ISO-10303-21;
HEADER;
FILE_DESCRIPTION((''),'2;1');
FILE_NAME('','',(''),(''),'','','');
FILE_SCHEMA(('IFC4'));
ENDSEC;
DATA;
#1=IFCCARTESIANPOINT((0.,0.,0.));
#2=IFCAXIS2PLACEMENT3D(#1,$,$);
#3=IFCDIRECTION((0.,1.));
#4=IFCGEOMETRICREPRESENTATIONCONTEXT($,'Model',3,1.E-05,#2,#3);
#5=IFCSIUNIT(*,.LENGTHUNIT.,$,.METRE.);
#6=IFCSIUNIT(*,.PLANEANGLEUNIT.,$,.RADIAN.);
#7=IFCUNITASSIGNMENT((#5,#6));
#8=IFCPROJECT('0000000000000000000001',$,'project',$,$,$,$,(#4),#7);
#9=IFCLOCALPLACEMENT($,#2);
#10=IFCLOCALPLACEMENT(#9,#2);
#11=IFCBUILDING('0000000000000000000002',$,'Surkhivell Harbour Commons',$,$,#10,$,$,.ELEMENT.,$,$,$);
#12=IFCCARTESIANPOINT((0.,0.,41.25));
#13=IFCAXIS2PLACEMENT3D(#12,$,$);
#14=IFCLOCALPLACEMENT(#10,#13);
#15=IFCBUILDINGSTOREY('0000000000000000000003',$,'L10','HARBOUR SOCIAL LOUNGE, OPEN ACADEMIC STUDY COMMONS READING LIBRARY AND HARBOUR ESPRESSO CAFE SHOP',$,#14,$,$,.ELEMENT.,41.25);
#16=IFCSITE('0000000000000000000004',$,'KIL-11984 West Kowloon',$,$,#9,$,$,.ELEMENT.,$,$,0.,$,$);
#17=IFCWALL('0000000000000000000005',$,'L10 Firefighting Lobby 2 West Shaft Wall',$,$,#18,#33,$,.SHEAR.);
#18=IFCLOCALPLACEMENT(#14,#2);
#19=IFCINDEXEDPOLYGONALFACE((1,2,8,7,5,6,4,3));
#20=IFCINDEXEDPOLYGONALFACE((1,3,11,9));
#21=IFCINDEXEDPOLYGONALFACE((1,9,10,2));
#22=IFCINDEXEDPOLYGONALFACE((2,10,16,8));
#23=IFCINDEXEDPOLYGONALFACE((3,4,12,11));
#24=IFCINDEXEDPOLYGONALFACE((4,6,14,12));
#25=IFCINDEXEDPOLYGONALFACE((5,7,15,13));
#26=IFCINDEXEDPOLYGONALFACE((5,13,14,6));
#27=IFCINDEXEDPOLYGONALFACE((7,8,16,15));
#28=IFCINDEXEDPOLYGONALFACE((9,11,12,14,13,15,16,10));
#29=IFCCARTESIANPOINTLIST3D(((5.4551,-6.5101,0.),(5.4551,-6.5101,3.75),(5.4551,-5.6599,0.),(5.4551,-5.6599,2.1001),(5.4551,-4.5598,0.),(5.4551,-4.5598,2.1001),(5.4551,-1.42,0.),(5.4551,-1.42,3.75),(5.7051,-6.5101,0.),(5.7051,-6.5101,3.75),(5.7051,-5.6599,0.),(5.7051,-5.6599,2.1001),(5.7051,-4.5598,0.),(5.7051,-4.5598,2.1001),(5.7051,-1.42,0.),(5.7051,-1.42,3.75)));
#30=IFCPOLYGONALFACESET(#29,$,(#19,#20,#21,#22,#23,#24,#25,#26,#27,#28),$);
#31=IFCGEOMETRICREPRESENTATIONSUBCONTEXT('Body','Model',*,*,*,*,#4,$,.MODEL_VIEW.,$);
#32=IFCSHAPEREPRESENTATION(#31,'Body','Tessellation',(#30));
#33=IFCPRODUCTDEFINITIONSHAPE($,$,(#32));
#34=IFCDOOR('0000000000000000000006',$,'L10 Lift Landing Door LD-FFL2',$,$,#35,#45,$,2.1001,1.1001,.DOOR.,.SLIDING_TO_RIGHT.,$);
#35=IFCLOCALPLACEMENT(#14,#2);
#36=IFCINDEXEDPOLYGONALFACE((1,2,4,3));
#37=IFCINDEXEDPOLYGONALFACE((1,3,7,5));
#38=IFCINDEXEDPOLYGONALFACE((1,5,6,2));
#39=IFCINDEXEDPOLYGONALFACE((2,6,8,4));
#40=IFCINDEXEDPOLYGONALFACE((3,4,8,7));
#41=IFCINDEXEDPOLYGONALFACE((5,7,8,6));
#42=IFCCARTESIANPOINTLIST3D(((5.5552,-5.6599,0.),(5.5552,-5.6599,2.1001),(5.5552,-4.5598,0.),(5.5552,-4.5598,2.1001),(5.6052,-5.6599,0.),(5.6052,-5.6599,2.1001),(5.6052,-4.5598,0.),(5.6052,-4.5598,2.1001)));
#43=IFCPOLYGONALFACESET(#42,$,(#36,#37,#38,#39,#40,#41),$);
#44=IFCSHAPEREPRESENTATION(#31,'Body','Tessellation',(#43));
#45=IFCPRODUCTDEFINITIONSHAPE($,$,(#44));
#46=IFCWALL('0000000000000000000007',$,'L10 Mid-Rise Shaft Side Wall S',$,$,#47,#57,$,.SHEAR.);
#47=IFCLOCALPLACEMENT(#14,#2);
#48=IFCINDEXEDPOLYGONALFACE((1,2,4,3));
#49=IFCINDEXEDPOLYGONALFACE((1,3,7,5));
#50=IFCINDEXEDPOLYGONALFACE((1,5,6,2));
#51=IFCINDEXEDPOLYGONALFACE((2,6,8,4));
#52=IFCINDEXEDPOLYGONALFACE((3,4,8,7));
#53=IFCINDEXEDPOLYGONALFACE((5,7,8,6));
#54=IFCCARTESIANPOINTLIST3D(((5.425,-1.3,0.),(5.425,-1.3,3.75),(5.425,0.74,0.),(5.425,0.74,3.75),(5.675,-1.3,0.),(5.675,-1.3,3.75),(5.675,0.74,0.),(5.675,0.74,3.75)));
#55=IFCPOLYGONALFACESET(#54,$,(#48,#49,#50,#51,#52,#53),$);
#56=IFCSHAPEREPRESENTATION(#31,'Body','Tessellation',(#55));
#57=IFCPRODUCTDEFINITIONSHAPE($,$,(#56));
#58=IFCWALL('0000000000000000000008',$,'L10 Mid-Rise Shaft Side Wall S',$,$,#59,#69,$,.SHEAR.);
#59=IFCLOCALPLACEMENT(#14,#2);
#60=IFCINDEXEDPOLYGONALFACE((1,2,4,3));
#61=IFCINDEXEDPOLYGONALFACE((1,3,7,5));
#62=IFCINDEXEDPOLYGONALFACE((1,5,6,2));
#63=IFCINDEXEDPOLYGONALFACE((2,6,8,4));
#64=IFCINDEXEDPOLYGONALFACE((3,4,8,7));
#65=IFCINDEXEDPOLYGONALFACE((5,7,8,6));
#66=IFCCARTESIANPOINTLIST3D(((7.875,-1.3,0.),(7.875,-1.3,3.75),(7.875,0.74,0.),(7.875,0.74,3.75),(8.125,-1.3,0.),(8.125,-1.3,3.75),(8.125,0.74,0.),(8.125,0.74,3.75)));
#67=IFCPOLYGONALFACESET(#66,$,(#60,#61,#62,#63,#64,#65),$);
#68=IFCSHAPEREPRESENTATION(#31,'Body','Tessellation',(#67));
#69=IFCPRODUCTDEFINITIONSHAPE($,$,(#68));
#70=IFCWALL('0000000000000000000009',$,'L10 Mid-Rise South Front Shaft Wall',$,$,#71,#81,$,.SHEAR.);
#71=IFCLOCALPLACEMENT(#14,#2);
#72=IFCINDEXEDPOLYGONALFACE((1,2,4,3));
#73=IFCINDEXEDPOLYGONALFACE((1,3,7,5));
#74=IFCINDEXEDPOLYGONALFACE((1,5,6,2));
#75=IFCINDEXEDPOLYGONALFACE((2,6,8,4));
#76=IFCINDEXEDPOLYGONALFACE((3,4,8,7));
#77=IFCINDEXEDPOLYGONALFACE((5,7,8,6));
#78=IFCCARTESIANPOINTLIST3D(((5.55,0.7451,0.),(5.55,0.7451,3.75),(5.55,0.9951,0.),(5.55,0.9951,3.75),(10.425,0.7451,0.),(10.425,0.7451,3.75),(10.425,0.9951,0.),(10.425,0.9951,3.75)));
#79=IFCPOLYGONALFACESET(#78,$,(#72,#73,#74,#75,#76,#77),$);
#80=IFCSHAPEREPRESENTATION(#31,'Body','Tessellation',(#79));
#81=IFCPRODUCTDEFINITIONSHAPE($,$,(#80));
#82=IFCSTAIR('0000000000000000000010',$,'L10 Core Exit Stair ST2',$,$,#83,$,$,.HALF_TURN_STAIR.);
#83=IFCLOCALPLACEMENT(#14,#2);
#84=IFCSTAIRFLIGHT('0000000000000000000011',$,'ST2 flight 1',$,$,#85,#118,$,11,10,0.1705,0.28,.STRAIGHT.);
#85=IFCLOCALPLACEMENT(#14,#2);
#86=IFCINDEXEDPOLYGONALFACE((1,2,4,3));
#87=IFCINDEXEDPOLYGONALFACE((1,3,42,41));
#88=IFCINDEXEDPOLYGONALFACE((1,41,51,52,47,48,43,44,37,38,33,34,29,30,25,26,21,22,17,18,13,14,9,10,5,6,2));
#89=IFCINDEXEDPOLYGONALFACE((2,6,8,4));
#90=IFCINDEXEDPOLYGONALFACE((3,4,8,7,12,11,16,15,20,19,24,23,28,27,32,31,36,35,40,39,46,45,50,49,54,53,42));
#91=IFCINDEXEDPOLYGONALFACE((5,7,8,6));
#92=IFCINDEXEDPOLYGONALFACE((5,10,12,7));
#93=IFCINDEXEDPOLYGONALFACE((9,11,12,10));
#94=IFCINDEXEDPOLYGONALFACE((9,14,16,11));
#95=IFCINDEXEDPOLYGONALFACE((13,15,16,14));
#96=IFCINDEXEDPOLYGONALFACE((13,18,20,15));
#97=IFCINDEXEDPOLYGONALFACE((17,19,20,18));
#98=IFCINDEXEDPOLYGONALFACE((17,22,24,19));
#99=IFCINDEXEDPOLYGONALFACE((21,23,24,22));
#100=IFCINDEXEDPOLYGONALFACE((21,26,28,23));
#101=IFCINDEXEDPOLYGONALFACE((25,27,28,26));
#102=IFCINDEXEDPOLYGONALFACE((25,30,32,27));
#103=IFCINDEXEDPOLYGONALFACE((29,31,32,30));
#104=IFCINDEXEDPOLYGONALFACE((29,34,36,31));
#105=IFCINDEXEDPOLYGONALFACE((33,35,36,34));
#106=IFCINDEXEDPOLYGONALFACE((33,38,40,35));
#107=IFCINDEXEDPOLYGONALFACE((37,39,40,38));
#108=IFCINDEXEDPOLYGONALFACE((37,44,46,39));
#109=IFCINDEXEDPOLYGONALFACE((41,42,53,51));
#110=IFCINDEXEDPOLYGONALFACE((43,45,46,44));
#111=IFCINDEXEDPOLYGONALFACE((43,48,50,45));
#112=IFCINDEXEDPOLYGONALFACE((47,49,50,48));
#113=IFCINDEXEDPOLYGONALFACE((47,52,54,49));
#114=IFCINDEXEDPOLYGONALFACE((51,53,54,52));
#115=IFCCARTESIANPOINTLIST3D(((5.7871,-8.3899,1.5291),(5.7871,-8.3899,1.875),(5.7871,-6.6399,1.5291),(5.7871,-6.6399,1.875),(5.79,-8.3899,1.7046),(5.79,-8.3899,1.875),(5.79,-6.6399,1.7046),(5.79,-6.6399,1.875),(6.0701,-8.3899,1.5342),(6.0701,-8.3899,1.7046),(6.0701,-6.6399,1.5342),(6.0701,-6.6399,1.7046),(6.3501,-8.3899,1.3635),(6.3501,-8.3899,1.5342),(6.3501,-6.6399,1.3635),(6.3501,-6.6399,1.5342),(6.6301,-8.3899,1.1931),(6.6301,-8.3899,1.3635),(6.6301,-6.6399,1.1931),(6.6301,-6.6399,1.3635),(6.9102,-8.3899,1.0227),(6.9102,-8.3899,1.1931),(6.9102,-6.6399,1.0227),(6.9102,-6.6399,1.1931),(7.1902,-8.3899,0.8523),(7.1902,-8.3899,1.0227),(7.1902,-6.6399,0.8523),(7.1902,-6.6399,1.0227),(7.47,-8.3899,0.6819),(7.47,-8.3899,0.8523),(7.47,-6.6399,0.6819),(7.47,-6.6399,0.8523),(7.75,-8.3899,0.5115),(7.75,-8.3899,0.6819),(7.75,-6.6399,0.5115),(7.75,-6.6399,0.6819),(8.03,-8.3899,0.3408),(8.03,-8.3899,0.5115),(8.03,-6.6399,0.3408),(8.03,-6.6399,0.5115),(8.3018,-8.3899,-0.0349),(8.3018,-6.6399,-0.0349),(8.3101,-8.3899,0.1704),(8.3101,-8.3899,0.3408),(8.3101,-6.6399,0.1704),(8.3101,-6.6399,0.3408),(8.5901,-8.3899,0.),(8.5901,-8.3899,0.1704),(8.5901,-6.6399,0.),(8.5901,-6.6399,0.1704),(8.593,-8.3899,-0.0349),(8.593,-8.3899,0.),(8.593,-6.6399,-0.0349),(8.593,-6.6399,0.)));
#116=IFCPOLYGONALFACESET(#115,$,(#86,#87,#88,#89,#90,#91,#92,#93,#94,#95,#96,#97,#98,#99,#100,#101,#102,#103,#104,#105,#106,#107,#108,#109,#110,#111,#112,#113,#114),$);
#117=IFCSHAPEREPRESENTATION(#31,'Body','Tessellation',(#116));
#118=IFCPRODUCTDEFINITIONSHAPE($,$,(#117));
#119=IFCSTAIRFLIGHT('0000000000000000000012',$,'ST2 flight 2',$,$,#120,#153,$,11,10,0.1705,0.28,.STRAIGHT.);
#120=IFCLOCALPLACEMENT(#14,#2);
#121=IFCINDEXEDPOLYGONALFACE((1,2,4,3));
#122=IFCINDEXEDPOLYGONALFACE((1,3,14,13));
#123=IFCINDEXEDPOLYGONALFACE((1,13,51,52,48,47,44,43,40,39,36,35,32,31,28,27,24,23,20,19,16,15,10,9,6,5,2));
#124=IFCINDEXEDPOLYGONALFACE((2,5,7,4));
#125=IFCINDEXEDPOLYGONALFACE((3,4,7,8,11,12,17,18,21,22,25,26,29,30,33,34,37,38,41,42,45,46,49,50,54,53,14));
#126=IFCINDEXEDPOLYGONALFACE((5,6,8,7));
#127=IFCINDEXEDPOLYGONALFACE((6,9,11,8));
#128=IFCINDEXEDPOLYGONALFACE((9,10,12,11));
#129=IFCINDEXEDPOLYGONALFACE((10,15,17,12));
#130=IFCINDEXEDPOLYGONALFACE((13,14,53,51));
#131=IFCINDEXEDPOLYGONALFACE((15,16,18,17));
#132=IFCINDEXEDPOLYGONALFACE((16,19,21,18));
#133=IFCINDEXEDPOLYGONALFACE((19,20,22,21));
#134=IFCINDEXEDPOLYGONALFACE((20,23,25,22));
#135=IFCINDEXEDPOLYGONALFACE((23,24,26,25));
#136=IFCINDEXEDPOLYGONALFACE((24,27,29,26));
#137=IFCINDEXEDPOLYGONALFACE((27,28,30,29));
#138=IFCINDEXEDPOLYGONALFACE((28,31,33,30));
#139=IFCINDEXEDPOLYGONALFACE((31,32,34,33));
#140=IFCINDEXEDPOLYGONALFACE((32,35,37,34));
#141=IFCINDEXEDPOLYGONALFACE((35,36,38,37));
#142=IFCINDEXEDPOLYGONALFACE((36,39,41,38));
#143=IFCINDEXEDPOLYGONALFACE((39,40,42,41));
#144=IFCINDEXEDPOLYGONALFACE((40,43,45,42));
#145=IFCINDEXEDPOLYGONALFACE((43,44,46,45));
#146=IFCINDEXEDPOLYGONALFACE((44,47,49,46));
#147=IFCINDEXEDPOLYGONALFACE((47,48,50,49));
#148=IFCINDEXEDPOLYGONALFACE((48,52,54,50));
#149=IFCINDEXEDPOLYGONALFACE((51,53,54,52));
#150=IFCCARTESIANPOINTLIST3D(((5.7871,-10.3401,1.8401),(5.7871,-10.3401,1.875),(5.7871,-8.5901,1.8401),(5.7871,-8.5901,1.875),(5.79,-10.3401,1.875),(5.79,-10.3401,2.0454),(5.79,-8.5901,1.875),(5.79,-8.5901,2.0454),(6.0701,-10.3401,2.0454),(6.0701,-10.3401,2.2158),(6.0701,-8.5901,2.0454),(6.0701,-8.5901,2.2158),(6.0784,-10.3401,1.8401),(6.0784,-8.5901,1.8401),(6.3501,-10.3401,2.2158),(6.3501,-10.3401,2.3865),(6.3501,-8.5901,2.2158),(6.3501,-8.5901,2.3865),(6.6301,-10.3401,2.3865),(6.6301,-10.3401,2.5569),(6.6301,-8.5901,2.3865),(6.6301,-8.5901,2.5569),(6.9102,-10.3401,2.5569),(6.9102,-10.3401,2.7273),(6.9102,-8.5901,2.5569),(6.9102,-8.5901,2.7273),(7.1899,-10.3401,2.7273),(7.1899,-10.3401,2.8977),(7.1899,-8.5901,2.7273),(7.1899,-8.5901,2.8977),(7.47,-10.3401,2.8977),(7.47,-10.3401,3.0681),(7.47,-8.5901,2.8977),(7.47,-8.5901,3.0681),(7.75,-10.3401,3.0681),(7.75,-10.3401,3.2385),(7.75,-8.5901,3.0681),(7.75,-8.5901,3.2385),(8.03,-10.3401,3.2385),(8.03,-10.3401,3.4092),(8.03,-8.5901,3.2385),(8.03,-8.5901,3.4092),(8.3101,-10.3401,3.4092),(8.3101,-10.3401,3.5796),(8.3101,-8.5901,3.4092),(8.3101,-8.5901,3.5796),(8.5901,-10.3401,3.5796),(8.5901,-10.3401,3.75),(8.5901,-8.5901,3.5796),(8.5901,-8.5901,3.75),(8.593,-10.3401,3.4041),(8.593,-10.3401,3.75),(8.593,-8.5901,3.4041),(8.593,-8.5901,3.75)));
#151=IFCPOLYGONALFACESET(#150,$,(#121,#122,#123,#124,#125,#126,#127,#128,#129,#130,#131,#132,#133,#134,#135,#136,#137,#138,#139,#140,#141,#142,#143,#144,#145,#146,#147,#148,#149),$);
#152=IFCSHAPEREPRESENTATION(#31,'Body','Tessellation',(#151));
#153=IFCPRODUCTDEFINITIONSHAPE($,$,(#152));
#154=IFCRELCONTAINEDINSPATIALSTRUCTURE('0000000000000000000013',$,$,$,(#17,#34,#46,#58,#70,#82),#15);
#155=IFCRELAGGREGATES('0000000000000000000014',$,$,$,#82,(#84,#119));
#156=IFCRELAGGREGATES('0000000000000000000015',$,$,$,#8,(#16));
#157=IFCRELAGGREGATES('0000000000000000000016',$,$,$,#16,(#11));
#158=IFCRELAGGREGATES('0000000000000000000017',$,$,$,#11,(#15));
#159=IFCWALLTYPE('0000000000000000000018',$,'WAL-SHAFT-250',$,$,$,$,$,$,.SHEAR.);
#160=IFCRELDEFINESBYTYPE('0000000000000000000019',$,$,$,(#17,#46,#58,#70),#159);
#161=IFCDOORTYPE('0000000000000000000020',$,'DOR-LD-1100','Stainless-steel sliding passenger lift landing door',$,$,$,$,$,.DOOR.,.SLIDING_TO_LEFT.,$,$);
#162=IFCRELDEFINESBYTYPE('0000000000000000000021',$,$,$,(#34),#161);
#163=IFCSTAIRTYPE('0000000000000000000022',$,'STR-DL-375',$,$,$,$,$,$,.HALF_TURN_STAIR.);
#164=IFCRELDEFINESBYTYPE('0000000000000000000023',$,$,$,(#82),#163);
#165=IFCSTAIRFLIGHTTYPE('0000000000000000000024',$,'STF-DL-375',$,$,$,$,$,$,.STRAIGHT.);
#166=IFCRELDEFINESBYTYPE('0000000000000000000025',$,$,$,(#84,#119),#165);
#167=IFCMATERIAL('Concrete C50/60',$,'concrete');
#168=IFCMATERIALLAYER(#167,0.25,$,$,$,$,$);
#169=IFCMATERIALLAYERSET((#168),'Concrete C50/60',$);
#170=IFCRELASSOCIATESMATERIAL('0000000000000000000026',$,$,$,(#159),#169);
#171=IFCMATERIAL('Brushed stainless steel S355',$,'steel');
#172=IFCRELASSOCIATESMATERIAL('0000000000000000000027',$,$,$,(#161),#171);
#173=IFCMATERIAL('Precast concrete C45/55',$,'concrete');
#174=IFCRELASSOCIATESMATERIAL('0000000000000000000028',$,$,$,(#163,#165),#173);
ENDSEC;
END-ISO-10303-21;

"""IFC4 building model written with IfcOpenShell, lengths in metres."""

from ifc_helpers import new_model, si_unit, direction, frame, frame_2d, origin, place, context, subcontext, project, spatial, polyline, rectangle, outline, extrude, material, layer, layer_set, type_object, element, fill, aggregate, save


model = new_model("IFC4")

# Units and contexts
model_context = context("Model", 3, precision=1e-05, world=origin(), true_north=direction((0.0, 1.0)))
body_context = subcontext(model_context, "Body", "Model", "MODEL_VIEW")
ifc_project = project(units=[si_unit("LENGTHUNIT", "METRE"), si_unit("PLANEANGLEUNIT", "RADIAN")], contexts=[model_context])

# Site, building, storey
site_placement = place(None, origin())
site = spatial("IfcSite", under=ifc_project, at=site_placement, Name="KIL-11984 West Kowloon", CompositionType="ELEMENT", RefElevation=0.0)
building_placement = place(site_placement, origin())
building = spatial("IfcBuilding", under=site, at=building_placement, Name="Surkhivell Harbour Commons", CompositionType="ELEMENT")
storey_placement = place(building_placement, frame((0.0, 0.0, 41.25)))
storey = spatial("IfcBuildingStorey", under=building, at=storey_placement, Name="L10", Description="HARBOUR SOCIAL LOUNGE, OPEN ACADEMIC STUDY COMMONS READING LIBRARY AND HARBOUR ESPRESSO CAFE SHOP", CompositionType="ELEMENT", Elevation=41.25)

# Shared definitions
ifc_material_1 = material(Name="Concrete C50/60", Category="concrete")
ifc_layer_1 = layer(ifc_material_1, 0.25)
ifc_layer_set_1 = layer_set([ifc_layer_1], Name="Concrete C50/60")
wall_type_1 = type_object("IfcWallType", Name="WAL-SHAFT-250", PredefinedType="SHEAR", material=ifc_layer_set_1)

# Wall, opening, door
wall_1_placement = place(storey_placement, frame((5.5801, -6.51, 0.0), z_axis=(0.0, 0.0, 1.0), x_axis=(0.0, 1.0, 0.0)))
wall_1 = element("IfcWall", 1, at=wall_1_placement, inside=storey, type_object=wall_type_1, Name="L10 Firefighting Lobby 2 West Shaft Wall", PredefinedType="SHEAR", context=body_context, shape_type="SweptSolid", body=[
    extrude(rectangle(XDim=5.0901, YDim=0.25, at=frame_2d((2.5449, 0.0))), origin(), (0.0, 0.0, 1.0), 3.75),
])
opening_placement = place(wall_1_placement, frame((0.8501, 0.0, 0.0)))
opening = element("IfcOpeningElement", 2, at=opening_placement, cuts=wall_1, PredefinedType="OPENING", context=body_context, shape_type="SweptSolid", body=[
    extrude(rectangle(XDim=1.1001, YDim=2.1001, at=frame_2d((0.55, 1.05))), frame((0.0, 0.135, 0.0), z_axis=(0.0, -1.0, 0.0), x_axis=(1.0, 0.0, 0.0)), (0.0, 0.0, 1.0), 0.27),
])
ifc_material_2 = material(Name="Brushed stainless steel S355", Category="steel")
door_type = type_object("IfcDoorType", Name="DOR-LD-1100", Description="Stainless-steel sliding passenger lift landing door", OperationType="SLIDING_TO_LEFT", PredefinedType="DOOR", material=ifc_material_2)
door_placement = place(opening_placement, origin())
door = element("IfcDoor", 3, at=door_placement, inside=storey, type_object=door_type, Name="L10 Lift Landing Door LD-FFL2", OperationType="SLIDING_TO_RIGHT", OverallHeight=2.1001, OverallWidth=1.1001, PredefinedType="DOOR", context=body_context, shape_type="SweptSolid", body=[
    extrude(rectangle(XDim=1.1001, YDim=2.1001, at=frame_2d((0.55, 1.05))), frame((0.0, 0.0249, 0.0), z_axis=(0.0, -1.0, 0.0), x_axis=(1.0, 0.0, 0.0)), (0.0, 0.0, 1.0), 0.05),
])
fill(opening, door)

# Walls
for number, where, z_axis, x_axis, name in (
    (4, (5.55, -1.3, 0.0), (0.0, 0.0, 1.0), (0.0, 1.0, 0.0), "L10 Mid-Rise Shaft Side Wall S"),
    (5, (8.0, -1.3, 0.0), (0.0, 0.0, 1.0), (0.0, 1.0, 0.0), "L10 Mid-Rise Shaft Side Wall S"),
):
    element("IfcWall", number, at=place(storey_placement, frame(where, z_axis=z_axis, x_axis=x_axis)), inside=storey, type_object=wall_type_1, Name=name, PredefinedType="SHEAR", context=body_context, shape_type="SweptSolid", body=[
        extrude(rectangle(XDim=2.04, YDim=0.25, at=frame_2d((1.02, 0.0))), origin(), (0.0, 0.0, 1.0), 3.75),
    ])
wall_2_placement = place(storey_placement, frame((5.55, 0.8701, 0.0), z_axis=(0.0, 0.0, 1.0), x_axis=(1.0, 0.0, 0.0)))
element("IfcWall", 6, at=wall_2_placement, inside=storey, type_object=wall_type_1, Name="L10 Mid-Rise South Front Shaft Wall", PredefinedType="SHEAR", context=body_context, shape_type="SweptSolid", body=[
    extrude(rectangle(XDim=4.875, YDim=0.25, at=frame_2d((2.4375, 0.0))), origin(), (0.0, 0.0, 1.0), 3.75),
])

# Stair, stair flights
ifc_material_3 = material(Name="Precast concrete C45/55", Category="concrete")
stair_type = type_object("IfcStairType", Name="STR-DL-375", PredefinedType="HALF_TURN_STAIR", material=ifc_material_3)
stair_placement = place(storey_placement, origin())
stair = element("IfcStair", 7, at=stair_placement, inside=storey, type_object=stair_type, Name="L10 Core Exit Stair ST2", PredefinedType="HALF_TURN_STAIR")
stair_flight_type = type_object("IfcStairFlightType", Name="STF-DL-375", PredefinedType="STRAIGHT", material=ifc_material_3)
stair_flight_1_placement = place(storey_placement, frame((8.5901, -7.5149, 0.0), z_axis=(0.0, 0.0, 1.0), x_axis=(-1.0, 0.0, 0.0)))
stair_flight_1 = element("IfcStairFlight", 8, at=stair_flight_1_placement, type_object=stair_flight_type, Name="ST2 flight 1", NumberOfRisers=11, NumberOfTreads=10, PredefinedType="STRAIGHT", RiserHeight=0.1705, TreadLength=0.28, context=body_context, shape_type="SweptSolid", body=[
    extrude(outline(polyline([(-0.0029, -0.0349), (-0.0029, 0.0), (0.0, 0.0), (0.0, 0.1704), (0.28, 0.1704), (0.28, 0.3408), (0.5601, 0.3408), (0.5601, 0.5115), (0.8401, 0.5115), (0.8401, 0.6819), (1.1201, 0.6819), (1.1201, 0.8523), (1.3999, 0.8523), (1.3999, 1.0227), (1.6799, 1.0227), (1.6799, 1.1931), (1.96, 1.1931), (1.96, 1.3635), (2.24, 1.3635), (2.24, 1.5342), (2.52, 1.5342), (2.52, 1.7046), (2.8, 1.7046), (2.8, 1.875), (2.803, 1.875), (2.803, 1.5291), (0.2883, -0.0349), (-0.0029, -0.0349)])), frame((0.0, 0.875, 0.0), z_axis=(0.0, -1.0, 0.0), x_axis=(1.0, 0.0, 0.0)), (0.0, 0.0, 1.0), 1.75),
])
stair_flight_2_placement = place(storey_placement, frame((5.79, -9.4651, 1.875), z_axis=(0.0, 0.0, 1.0), x_axis=(1.0, 0.0, 0.0)))
stair_flight_2 = element("IfcStairFlight", 9, at=stair_flight_2_placement, type_object=stair_flight_type, Name="ST2 flight 2", NumberOfRisers=11, NumberOfTreads=10, PredefinedType="STRAIGHT", RiserHeight=0.1705, TreadLength=0.28, context=body_context, shape_type="SweptSolid", body=[
    extrude(outline(polyline([(-0.0029, -0.0349), (-0.0029, 0.0), (0.0, 0.0), (0.0, 0.1704), (0.28, 0.1704), (0.28, 0.3408), (0.5601, 0.3408), (0.5601, 0.5115), (0.8401, 0.5115), (0.8401, 0.6819), (1.1201, 0.6819), (1.1201, 0.8523), (1.3999, 0.8523), (1.3999, 1.0227), (1.6799, 1.0227), (1.6799, 1.1931), (1.96, 1.1931), (1.96, 1.3635), (2.24, 1.3635), (2.24, 1.5342), (2.52, 1.5342), (2.52, 1.7046), (2.8, 1.7046), (2.8, 1.875), (2.803, 1.875), (2.803, 1.5291), (0.2883, -0.0349), (-0.0029, -0.0349)])), frame((0.0, 0.875, 0.0), z_axis=(0.0, -1.0, 0.0), x_axis=(1.0, 0.0, 0.0)), (0.0, 0.0, 1.0), 1.75),
])
aggregate(stair, [stair_flight_1, stair_flight_2])

save(model, "model.ifc")
